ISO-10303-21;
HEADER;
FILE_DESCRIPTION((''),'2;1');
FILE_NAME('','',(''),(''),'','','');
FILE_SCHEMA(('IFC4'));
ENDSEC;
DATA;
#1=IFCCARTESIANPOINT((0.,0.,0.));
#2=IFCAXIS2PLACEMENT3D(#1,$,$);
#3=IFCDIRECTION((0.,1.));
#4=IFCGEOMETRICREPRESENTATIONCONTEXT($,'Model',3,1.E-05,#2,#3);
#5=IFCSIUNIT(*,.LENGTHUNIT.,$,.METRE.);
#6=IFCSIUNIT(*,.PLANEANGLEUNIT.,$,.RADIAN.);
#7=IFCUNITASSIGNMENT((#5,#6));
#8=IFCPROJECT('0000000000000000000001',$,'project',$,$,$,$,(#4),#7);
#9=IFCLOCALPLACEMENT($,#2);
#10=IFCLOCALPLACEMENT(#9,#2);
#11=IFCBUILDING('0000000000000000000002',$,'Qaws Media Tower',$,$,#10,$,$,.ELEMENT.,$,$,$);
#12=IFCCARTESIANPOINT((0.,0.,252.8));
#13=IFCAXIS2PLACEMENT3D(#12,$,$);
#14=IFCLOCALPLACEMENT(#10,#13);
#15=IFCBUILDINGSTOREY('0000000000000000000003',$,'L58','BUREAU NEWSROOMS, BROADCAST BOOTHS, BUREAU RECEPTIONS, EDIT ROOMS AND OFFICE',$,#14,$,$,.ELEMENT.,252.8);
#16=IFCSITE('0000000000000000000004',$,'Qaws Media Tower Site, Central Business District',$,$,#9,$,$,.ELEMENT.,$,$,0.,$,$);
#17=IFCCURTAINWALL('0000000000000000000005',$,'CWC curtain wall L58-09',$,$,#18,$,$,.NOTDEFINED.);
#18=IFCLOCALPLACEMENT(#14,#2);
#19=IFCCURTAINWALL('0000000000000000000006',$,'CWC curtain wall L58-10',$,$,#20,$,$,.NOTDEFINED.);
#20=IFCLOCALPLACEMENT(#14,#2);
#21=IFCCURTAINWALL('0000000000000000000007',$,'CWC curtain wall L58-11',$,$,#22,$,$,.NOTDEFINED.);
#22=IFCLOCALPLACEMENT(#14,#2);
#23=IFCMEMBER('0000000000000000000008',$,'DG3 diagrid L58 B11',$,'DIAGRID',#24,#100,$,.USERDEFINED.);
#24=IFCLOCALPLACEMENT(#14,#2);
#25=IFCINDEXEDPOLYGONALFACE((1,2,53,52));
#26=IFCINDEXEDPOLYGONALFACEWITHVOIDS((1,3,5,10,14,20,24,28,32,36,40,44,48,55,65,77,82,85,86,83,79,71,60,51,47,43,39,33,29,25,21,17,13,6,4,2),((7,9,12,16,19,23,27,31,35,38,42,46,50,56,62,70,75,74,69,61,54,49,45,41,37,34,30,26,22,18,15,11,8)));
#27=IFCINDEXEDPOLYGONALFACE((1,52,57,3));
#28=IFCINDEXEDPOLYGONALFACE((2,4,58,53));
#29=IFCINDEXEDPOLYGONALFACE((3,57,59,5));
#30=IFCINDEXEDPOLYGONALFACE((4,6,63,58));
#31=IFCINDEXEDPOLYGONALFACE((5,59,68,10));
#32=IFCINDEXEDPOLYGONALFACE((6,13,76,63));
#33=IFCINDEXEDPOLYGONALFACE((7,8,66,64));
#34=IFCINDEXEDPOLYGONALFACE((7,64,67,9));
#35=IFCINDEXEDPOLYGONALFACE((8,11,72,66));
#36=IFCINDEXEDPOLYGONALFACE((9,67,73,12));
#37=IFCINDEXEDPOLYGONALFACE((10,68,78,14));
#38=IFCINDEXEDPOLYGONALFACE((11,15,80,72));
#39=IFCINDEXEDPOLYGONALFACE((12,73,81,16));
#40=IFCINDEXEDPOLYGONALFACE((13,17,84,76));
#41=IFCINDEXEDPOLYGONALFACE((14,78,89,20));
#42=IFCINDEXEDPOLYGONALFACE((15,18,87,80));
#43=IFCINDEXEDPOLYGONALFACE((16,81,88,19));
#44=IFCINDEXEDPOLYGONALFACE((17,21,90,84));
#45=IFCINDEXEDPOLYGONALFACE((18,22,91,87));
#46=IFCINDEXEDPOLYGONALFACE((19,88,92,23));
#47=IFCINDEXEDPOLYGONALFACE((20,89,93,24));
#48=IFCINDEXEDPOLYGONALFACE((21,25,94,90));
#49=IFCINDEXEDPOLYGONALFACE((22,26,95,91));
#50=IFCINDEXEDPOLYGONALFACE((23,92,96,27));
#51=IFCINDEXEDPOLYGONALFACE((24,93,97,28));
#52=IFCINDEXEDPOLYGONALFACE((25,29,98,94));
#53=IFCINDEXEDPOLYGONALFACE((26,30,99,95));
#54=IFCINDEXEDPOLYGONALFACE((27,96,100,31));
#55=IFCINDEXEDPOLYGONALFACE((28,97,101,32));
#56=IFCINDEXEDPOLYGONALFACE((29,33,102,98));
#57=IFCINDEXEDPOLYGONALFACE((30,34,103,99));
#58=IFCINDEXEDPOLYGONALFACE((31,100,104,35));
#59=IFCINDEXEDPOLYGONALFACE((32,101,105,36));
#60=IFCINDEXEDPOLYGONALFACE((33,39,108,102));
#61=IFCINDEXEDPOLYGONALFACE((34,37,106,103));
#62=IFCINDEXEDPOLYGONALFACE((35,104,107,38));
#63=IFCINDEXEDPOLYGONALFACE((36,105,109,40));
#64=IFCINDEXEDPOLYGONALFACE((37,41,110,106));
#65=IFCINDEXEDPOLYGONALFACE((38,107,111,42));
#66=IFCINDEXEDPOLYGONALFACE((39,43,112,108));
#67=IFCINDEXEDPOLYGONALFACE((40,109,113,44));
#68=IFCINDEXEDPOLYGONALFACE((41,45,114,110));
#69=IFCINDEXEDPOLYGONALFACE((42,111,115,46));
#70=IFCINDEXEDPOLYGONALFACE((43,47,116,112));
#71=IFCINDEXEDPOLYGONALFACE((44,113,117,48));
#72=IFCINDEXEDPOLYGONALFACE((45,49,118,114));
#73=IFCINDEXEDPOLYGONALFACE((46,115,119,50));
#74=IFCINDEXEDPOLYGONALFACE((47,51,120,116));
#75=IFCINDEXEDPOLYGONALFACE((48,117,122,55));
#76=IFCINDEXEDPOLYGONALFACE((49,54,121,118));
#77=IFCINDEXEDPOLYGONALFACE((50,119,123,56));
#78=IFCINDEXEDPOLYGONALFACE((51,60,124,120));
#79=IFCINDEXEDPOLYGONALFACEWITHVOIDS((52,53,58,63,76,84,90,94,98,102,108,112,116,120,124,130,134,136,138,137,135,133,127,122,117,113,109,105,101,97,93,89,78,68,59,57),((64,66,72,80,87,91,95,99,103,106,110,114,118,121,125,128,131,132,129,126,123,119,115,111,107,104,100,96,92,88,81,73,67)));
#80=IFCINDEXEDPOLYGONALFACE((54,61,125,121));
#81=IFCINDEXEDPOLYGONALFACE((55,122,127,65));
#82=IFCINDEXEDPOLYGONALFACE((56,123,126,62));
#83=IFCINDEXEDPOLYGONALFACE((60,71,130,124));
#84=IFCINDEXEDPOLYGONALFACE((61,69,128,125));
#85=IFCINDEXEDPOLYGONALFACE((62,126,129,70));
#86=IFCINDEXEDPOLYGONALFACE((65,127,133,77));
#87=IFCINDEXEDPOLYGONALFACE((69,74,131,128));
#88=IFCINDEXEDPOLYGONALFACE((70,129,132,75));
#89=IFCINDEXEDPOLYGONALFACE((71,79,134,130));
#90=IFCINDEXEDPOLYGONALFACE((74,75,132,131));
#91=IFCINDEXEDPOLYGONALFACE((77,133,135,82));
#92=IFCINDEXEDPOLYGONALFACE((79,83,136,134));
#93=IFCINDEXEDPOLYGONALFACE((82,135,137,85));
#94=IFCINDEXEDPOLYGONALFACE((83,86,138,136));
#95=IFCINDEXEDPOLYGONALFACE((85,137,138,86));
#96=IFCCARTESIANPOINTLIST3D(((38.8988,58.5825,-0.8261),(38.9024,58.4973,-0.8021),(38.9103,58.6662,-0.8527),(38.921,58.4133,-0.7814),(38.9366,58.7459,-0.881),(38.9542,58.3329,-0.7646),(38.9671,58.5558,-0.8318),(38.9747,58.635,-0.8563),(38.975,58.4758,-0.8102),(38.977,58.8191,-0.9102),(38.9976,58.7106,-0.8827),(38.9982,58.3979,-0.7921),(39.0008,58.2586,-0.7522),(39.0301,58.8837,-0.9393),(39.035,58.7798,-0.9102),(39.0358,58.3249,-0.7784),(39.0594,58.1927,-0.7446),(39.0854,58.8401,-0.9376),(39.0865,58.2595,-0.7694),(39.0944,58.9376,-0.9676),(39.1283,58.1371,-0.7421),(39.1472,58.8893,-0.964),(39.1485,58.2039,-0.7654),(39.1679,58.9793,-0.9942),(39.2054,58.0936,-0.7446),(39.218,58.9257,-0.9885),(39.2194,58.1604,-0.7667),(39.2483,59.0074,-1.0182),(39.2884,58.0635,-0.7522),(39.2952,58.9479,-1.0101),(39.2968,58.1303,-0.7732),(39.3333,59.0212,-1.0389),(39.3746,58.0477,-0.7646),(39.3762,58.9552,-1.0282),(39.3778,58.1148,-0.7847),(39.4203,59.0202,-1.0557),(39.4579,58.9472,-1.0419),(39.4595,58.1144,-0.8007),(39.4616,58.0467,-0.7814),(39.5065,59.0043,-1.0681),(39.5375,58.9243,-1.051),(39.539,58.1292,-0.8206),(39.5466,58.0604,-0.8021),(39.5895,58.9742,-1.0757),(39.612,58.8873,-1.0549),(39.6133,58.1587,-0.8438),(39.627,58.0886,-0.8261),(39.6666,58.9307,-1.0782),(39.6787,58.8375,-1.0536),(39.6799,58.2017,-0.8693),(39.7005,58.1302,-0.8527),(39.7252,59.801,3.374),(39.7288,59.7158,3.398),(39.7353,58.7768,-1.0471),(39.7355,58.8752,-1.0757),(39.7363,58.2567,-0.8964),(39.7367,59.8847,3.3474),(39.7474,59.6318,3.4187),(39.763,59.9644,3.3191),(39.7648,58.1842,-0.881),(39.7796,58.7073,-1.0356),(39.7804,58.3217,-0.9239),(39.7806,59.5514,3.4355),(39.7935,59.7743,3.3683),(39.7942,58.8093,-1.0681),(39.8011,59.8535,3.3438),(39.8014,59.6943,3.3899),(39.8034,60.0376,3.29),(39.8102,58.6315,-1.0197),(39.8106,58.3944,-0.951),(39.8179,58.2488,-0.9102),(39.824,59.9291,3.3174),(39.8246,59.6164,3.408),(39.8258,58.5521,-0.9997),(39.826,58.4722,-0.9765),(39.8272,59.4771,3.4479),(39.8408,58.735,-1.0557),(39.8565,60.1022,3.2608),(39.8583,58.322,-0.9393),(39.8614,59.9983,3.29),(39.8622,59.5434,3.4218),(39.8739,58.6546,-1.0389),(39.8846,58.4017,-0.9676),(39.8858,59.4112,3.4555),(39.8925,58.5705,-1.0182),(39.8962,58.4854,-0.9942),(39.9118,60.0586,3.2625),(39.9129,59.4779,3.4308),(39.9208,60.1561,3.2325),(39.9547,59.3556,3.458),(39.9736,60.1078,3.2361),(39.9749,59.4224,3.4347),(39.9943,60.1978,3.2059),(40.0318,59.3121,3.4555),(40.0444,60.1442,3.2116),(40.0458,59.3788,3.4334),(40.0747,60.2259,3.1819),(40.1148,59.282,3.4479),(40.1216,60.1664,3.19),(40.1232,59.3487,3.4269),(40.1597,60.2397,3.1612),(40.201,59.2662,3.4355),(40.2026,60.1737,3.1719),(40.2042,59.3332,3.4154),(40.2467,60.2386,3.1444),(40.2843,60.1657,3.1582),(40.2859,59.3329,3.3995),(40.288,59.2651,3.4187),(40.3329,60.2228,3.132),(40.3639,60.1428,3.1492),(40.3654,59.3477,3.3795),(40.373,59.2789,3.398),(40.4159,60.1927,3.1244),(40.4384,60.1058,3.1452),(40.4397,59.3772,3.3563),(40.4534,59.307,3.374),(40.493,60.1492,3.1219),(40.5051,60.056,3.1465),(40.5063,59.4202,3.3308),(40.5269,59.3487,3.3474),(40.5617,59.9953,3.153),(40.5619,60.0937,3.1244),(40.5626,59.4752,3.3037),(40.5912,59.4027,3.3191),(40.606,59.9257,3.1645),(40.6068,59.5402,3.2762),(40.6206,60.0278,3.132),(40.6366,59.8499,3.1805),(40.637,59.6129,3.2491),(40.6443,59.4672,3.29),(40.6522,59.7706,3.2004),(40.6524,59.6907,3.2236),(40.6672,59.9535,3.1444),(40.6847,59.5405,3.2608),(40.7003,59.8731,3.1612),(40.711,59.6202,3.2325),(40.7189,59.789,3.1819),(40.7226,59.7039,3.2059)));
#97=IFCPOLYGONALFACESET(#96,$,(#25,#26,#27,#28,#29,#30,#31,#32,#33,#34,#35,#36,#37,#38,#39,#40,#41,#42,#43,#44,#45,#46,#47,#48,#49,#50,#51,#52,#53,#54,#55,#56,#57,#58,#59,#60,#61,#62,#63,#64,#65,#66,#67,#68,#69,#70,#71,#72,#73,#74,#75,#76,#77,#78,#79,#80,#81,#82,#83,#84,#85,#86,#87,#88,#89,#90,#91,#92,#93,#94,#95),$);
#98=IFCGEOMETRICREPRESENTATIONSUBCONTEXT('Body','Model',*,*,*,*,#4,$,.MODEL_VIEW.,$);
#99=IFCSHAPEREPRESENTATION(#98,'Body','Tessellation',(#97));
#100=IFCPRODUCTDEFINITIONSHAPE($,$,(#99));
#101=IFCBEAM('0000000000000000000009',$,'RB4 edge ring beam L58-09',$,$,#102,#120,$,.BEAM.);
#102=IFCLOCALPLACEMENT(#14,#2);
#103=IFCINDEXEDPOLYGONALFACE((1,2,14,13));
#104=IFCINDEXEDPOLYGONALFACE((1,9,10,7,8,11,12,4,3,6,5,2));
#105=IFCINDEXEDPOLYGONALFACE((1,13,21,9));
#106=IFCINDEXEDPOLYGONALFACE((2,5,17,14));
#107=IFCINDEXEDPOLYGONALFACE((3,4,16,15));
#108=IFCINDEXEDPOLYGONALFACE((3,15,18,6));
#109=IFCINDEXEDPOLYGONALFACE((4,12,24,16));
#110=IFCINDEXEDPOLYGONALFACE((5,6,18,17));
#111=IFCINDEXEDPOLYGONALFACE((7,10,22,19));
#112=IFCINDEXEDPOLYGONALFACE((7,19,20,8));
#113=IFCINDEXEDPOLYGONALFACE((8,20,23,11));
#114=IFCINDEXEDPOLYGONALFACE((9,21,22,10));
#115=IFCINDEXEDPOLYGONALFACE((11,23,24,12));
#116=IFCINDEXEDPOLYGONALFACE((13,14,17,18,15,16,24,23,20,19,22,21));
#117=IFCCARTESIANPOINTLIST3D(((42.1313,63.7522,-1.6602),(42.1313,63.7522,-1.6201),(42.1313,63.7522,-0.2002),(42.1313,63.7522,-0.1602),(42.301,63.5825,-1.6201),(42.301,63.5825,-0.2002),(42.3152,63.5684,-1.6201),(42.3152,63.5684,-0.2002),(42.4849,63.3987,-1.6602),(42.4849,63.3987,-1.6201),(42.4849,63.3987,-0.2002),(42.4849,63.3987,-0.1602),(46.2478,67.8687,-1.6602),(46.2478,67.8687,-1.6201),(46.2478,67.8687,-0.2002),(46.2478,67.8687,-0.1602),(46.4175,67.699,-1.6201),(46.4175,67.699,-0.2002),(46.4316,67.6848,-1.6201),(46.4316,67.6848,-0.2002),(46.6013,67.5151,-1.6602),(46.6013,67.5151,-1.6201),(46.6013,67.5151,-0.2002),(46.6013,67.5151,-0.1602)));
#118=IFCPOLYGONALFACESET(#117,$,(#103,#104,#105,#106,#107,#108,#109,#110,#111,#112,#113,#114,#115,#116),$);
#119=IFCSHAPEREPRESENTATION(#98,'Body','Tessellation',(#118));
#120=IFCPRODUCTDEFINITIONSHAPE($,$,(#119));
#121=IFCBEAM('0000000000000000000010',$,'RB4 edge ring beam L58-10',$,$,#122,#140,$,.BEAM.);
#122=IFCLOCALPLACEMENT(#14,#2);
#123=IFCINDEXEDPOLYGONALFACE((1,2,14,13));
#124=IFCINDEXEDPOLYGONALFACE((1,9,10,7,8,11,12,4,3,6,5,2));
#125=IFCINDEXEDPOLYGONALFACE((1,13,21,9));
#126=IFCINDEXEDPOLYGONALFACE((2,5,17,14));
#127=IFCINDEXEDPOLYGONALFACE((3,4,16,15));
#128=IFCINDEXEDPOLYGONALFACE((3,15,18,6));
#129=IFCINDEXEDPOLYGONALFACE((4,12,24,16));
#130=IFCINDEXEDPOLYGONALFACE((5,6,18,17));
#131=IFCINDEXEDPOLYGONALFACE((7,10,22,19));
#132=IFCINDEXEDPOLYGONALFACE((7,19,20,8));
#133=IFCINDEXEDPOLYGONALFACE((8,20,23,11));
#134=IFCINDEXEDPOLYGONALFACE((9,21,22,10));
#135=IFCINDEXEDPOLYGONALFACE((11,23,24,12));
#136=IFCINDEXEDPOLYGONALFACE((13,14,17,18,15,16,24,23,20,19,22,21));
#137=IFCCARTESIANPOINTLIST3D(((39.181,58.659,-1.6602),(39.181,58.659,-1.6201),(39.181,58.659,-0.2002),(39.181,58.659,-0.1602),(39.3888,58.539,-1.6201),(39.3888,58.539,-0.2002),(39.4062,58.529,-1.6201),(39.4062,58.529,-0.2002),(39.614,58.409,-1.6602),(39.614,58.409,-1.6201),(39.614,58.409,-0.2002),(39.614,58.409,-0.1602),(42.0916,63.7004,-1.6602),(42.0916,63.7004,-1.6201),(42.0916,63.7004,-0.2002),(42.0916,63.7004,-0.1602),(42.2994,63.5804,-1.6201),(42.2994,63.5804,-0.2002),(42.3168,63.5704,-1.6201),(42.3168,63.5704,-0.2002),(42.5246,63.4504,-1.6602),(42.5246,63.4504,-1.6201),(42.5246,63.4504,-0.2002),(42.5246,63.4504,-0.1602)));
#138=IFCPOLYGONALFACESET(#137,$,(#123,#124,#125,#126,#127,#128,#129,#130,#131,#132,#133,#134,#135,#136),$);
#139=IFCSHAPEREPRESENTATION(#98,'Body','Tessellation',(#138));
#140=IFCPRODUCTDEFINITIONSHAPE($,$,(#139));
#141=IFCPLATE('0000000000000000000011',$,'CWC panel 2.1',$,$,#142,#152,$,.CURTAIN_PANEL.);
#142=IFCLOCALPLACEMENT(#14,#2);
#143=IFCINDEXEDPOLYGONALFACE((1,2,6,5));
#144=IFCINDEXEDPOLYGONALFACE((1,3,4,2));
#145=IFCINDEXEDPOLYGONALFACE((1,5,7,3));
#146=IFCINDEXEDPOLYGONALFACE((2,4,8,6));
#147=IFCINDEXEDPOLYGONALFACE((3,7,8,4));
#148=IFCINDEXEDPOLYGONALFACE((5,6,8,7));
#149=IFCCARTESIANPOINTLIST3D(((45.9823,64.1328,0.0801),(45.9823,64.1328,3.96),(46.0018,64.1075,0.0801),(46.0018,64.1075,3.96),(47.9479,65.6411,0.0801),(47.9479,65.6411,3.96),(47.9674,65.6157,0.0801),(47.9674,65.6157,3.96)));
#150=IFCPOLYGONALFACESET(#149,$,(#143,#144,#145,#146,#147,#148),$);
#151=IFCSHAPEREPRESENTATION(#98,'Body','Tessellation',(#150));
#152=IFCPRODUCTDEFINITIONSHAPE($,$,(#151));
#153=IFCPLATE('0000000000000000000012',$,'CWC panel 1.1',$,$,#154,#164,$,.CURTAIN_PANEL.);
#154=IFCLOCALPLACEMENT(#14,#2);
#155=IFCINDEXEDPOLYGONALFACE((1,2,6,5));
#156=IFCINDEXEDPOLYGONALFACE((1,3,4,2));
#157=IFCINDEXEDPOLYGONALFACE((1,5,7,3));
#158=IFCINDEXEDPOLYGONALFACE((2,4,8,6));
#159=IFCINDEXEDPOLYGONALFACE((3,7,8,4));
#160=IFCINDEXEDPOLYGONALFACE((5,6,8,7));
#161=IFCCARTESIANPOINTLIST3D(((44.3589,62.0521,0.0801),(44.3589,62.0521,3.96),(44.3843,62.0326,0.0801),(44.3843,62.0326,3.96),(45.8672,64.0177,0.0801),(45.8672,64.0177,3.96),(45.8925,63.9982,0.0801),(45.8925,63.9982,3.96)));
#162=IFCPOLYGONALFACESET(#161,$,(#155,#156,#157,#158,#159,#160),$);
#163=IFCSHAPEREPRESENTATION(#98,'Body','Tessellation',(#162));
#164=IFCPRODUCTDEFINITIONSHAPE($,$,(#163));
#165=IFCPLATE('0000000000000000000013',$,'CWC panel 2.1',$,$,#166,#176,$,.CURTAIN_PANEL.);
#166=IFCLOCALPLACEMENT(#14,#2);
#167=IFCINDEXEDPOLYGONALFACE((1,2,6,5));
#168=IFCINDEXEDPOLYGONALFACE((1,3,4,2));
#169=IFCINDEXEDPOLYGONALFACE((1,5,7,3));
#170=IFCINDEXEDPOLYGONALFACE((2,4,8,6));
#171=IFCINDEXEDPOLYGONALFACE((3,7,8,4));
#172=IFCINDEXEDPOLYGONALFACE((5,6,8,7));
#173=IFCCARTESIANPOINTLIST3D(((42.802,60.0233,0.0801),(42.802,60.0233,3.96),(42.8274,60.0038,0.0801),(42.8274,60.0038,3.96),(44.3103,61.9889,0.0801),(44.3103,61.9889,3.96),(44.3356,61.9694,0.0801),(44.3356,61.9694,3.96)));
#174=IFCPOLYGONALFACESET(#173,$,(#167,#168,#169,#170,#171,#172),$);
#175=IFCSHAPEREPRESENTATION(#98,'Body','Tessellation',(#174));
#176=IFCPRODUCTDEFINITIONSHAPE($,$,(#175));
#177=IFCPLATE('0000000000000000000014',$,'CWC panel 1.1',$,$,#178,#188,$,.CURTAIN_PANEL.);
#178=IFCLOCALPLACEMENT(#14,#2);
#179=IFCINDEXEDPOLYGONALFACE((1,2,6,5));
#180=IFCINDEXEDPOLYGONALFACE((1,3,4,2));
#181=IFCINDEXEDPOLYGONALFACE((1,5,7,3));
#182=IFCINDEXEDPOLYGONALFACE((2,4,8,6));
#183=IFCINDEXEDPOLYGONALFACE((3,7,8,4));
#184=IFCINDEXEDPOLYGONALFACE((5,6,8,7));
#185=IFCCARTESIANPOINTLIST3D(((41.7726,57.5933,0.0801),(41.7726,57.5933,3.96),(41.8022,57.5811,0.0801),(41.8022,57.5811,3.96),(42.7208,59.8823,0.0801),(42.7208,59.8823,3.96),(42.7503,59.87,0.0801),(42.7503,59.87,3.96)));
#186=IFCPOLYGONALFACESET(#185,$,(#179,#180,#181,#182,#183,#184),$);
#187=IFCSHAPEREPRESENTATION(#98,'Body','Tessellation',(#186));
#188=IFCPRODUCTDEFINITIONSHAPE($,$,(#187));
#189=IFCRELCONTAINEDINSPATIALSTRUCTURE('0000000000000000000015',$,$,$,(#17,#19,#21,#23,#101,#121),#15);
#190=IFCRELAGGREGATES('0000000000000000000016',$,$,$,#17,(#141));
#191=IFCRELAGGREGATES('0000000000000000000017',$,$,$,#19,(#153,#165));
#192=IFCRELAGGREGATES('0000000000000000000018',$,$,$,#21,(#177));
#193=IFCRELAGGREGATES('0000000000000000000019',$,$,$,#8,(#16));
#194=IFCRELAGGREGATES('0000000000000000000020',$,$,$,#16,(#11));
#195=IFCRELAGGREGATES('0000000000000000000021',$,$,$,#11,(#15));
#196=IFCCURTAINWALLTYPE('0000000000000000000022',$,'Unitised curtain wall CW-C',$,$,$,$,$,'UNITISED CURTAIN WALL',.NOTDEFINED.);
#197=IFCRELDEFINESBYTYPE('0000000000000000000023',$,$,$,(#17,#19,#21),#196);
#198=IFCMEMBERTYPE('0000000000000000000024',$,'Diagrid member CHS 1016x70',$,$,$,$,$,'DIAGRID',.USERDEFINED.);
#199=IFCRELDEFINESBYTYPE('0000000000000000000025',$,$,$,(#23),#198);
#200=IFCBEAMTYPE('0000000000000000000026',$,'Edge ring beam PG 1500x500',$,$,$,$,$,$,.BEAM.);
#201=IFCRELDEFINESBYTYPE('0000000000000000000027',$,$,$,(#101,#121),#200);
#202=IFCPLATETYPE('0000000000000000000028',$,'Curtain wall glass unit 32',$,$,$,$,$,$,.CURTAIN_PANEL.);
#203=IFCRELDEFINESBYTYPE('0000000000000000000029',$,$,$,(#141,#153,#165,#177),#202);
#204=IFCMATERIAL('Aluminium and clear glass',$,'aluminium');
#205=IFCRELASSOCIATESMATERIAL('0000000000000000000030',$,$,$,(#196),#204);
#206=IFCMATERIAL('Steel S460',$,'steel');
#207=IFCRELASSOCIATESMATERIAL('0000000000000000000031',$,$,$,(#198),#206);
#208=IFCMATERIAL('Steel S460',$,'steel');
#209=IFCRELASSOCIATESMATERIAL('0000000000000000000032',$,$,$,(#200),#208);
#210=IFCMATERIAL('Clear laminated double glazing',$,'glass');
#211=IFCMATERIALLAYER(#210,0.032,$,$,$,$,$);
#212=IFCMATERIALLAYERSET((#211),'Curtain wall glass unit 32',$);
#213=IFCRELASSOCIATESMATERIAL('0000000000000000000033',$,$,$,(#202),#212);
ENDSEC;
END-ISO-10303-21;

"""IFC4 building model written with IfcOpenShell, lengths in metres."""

from ifc_helpers import new_model, si_unit, direction, frame, origin, origin_2d, place, context, subcontext, project, spatial, rectangle, hollow_circle, i_section, extrude, material, layer, layer_set, material_profile, profile_set, type_object, element, aggregate, save


model = new_model("IFC4")

# Units and contexts
model_context = context("Model", 3, precision=1e-05, world=origin(), true_north=direction((0.0, 1.0)))
body_context = subcontext(model_context, "Body", "Model", "MODEL_VIEW")
ifc_project = project(units=[si_unit("LENGTHUNIT", "METRE"), si_unit("PLANEANGLEUNIT", "RADIAN")], contexts=[model_context])

# Site, building, storey
site_placement = place(None, origin())
site = spatial("IfcSite", under=ifc_project, at=site_placement, Name="Qaws Media Tower Site, Central Business District", CompositionType="ELEMENT", RefElevation=0.0)
building_placement = place(site_placement, origin())
building = spatial("IfcBuilding", under=site, at=building_placement, Name="Qaws Media Tower", CompositionType="ELEMENT")
storey_placement = place(building_placement, frame((0.0, 0.0, 252.8)))
storey = spatial("IfcBuildingStorey", under=building, at=storey_placement, Name="L58", Description="BUREAU NEWSROOMS, BROADCAST BOOTHS, BUREAU RECEPTIONS, EDIT ROOMS AND OFFICE", CompositionType="ELEMENT", Elevation=252.8)

# Curtain wall
ifc_material_1 = material(Name="Aluminium and clear glass", Category="aluminium")
curtain_wall_type = type_object("IfcCurtainWallType", Name="Unitised curtain wall CW-C", ElementType="UNITISED CURTAIN WALL", PredefinedType="NOTDEFINED", material=ifc_material_1)
curtain_wall_1_placement = place(storey_placement, origin())
curtain_wall_1 = element("IfcCurtainWall", 1, at=curtain_wall_1_placement, inside=storey, type_object=curtain_wall_type, Name="CWC curtain wall L58-09", PredefinedType="NOTDEFINED")

# Curtain wall
curtain_wall_2_placement = place(storey_placement, origin())
curtain_wall_2 = element("IfcCurtainWall", 2, at=curtain_wall_2_placement, inside=storey, type_object=curtain_wall_type, Name="CWC curtain wall L58-10", PredefinedType="NOTDEFINED")

# Curtain wall
curtain_wall_3_placement = place(storey_placement, origin())
curtain_wall_3 = element("IfcCurtainWall", 3, at=curtain_wall_3_placement, inside=storey, type_object=curtain_wall_type, Name="CWC curtain wall L58-11", PredefinedType="NOTDEFINED")

# Member
ifc_material_2 = material(Name="Steel S460", Category="steel")
ifc_material_profile_1 = material_profile(ifc_material_2, hollow_circle(Radius=0.5081, WallThickness=0.0701, at=origin_2d()), Name="CHS 1016x70")
ifc_profile_set_1 = profile_set([ifc_material_profile_1], Name="Steel S460")
member_type_1 = type_object("IfcMemberType", Name="Diagrid member CHS 1016x70", ElementType="DIAGRID", PredefinedType="USERDEFINED", material=ifc_profile_set_1)
member_1_placement = place(storey_placement, frame((39.3975, 58.5339, -0.9102), z_axis=(0.185679, 0.273774, 0.943701), x_axis=(-0.827611, 0.561303, 0.0)))
element("IfcMember", 4, at=member_1_placement, inside=storey, type_object=member_type_1, Name="DG3 diagrid L58 B11", ObjectType="DIAGRID", PredefinedType="USERDEFINED", context=body_context, shape_type="SweptSolid", body=[
    extrude(hollow_circle(Radius=0.5081, WallThickness=0.0701, at=origin_2d()), origin(), (0.0, 0.0, 1.0), 4.4507),
])

# Beams
ifc_material_3 = material(Name="Steel S460", Category="steel")
ifc_material_profile_2 = material_profile(ifc_material_3, i_section(OverallWidth=0.5, OverallDepth=1.5, WebThickness=0.02, FlangeThickness=0.04, at=origin_2d()), Name="PG 1500x500")
ifc_profile_set_2 = profile_set([ifc_material_profile_2], Name="Steel S460")
beam_type = type_object("IfcBeamType", Name="Edge ring beam PG 1500x500", PredefinedType="BEAM", material=ifc_profile_set_2)
beam_1_placement = place(storey_placement, frame((46.4246, 67.6919, -0.9102), z_axis=(-0.707107, -0.707107, 0.0), x_axis=(0.707107, -0.707107, 0.0)))
element("IfcBeam", 5, at=beam_1_placement, inside=storey, type_object=beam_type, Name="RB4 edge ring beam L58-09", PredefinedType="BEAM", context=body_context, shape_type="SweptSolid", body=[
    extrude(i_section(OverallWidth=0.5, OverallDepth=1.5, WebThickness=0.02, FlangeThickness=0.04, at=origin_2d()), origin(), (0.0, 0.0, 1.0), 5.8215),
])
beam_2_placement = place(storey_placement, frame((42.3081, 63.5754, -0.9102), z_axis=(-0.499991, -0.866031, 0.0), x_axis=(0.866031, -0.499991, 0.0)))
element("IfcBeam", 6, at=beam_2_placement, inside=storey, type_object=beam_type, Name="RB4 edge ring beam L58-10", PredefinedType="BEAM", context=body_context, shape_type="SweptSolid", body=[
    extrude(i_section(OverallWidth=0.5, OverallDepth=1.5, WebThickness=0.02, FlangeThickness=0.04, at=origin_2d()), origin(), (0.0, 0.0, 1.0), 5.8213),
])

# Plates
ifc_material_4 = material(Name="Clear laminated double glazing", Category="glass")
ifc_layer_1 = layer(ifc_material_4, 0.032)
ifc_layer_set_1 = layer_set([ifc_layer_1], Name="Curtain wall glass unit 32")
plate_type_1 = type_object("IfcPlateType", Name="Curtain wall glass unit 32", PredefinedType="CURTAIN_PANEL", material=ifc_layer_set_1)
plate_1_placement = place(storey_placement, frame((46.9749, 64.8743, 0.0801), z_axis=(0.0, 0.0, 1.0), x_axis=(-0.793353, -0.608761, 0.0)))
plate_1 = element("IfcPlate", 7, at=plate_1_placement, type_object=plate_type_1, Name="CWC panel 2.1", PredefinedType="CURTAIN_PANEL", context=body_context, shape_type="SweptSolid", body=[
    extrude(rectangle(XDim=2.4775, YDim=0.032, at=origin_2d()), origin(), (0.0, 0.0, 1.0), 3.8799),
])
aggregate(curtain_wall_1, [plate_1])
plate_2_placement = place(storey_placement, frame((45.1257, 63.0251, 0.0801), z_axis=(0.0, 0.0, 1.0), x_axis=(-0.608761, -0.793353, 0.0)))
plate_2 = element("IfcPlate", 8, at=plate_2_placement, type_object=plate_type_1, Name="CWC panel 1.1", PredefinedType="CURTAIN_PANEL", context=body_context, shape_type="SweptSolid", body=[
    extrude(rectangle(XDim=2.4775, YDim=0.032, at=origin_2d()), origin(), (0.0, 0.0, 1.0), 3.8799),
])
plate_3_placement = place(storey_placement, frame((43.5688, 60.9963, 0.0801), z_axis=(0.0, 0.0, 1.0), x_axis=(-0.608761, -0.793353, 0.0)))
plate_3 = element("IfcPlate", 9, at=plate_3_placement, type_object=plate_type_1, Name="CWC panel 2.1", PredefinedType="CURTAIN_PANEL", context=body_context, shape_type="SweptSolid", body=[
    extrude(rectangle(XDim=2.4775, YDim=0.032, at=origin_2d()), origin(), (0.0, 0.0, 1.0), 3.8799),
])
aggregate(curtain_wall_2, [plate_2, plate_3])
plate_4_placement = place(storey_placement, frame((42.2615, 58.7317, 0.0801), z_axis=(0.0, 0.0, 1.0), x_axis=(-0.382683, -0.92388, 0.0)))
plate_4 = element("IfcPlate", 10, at=plate_4_placement, type_object=plate_type_1, Name="CWC panel 1.1", PredefinedType="CURTAIN_PANEL", context=body_context, shape_type="SweptSolid", body=[
    extrude(rectangle(XDim=2.4775, YDim=0.032, at=origin_2d()), origin(), (0.0, 0.0, 1.0), 3.8799),
])
aggregate(curtain_wall_3, [plate_4])

save(model, "model.ifc")
